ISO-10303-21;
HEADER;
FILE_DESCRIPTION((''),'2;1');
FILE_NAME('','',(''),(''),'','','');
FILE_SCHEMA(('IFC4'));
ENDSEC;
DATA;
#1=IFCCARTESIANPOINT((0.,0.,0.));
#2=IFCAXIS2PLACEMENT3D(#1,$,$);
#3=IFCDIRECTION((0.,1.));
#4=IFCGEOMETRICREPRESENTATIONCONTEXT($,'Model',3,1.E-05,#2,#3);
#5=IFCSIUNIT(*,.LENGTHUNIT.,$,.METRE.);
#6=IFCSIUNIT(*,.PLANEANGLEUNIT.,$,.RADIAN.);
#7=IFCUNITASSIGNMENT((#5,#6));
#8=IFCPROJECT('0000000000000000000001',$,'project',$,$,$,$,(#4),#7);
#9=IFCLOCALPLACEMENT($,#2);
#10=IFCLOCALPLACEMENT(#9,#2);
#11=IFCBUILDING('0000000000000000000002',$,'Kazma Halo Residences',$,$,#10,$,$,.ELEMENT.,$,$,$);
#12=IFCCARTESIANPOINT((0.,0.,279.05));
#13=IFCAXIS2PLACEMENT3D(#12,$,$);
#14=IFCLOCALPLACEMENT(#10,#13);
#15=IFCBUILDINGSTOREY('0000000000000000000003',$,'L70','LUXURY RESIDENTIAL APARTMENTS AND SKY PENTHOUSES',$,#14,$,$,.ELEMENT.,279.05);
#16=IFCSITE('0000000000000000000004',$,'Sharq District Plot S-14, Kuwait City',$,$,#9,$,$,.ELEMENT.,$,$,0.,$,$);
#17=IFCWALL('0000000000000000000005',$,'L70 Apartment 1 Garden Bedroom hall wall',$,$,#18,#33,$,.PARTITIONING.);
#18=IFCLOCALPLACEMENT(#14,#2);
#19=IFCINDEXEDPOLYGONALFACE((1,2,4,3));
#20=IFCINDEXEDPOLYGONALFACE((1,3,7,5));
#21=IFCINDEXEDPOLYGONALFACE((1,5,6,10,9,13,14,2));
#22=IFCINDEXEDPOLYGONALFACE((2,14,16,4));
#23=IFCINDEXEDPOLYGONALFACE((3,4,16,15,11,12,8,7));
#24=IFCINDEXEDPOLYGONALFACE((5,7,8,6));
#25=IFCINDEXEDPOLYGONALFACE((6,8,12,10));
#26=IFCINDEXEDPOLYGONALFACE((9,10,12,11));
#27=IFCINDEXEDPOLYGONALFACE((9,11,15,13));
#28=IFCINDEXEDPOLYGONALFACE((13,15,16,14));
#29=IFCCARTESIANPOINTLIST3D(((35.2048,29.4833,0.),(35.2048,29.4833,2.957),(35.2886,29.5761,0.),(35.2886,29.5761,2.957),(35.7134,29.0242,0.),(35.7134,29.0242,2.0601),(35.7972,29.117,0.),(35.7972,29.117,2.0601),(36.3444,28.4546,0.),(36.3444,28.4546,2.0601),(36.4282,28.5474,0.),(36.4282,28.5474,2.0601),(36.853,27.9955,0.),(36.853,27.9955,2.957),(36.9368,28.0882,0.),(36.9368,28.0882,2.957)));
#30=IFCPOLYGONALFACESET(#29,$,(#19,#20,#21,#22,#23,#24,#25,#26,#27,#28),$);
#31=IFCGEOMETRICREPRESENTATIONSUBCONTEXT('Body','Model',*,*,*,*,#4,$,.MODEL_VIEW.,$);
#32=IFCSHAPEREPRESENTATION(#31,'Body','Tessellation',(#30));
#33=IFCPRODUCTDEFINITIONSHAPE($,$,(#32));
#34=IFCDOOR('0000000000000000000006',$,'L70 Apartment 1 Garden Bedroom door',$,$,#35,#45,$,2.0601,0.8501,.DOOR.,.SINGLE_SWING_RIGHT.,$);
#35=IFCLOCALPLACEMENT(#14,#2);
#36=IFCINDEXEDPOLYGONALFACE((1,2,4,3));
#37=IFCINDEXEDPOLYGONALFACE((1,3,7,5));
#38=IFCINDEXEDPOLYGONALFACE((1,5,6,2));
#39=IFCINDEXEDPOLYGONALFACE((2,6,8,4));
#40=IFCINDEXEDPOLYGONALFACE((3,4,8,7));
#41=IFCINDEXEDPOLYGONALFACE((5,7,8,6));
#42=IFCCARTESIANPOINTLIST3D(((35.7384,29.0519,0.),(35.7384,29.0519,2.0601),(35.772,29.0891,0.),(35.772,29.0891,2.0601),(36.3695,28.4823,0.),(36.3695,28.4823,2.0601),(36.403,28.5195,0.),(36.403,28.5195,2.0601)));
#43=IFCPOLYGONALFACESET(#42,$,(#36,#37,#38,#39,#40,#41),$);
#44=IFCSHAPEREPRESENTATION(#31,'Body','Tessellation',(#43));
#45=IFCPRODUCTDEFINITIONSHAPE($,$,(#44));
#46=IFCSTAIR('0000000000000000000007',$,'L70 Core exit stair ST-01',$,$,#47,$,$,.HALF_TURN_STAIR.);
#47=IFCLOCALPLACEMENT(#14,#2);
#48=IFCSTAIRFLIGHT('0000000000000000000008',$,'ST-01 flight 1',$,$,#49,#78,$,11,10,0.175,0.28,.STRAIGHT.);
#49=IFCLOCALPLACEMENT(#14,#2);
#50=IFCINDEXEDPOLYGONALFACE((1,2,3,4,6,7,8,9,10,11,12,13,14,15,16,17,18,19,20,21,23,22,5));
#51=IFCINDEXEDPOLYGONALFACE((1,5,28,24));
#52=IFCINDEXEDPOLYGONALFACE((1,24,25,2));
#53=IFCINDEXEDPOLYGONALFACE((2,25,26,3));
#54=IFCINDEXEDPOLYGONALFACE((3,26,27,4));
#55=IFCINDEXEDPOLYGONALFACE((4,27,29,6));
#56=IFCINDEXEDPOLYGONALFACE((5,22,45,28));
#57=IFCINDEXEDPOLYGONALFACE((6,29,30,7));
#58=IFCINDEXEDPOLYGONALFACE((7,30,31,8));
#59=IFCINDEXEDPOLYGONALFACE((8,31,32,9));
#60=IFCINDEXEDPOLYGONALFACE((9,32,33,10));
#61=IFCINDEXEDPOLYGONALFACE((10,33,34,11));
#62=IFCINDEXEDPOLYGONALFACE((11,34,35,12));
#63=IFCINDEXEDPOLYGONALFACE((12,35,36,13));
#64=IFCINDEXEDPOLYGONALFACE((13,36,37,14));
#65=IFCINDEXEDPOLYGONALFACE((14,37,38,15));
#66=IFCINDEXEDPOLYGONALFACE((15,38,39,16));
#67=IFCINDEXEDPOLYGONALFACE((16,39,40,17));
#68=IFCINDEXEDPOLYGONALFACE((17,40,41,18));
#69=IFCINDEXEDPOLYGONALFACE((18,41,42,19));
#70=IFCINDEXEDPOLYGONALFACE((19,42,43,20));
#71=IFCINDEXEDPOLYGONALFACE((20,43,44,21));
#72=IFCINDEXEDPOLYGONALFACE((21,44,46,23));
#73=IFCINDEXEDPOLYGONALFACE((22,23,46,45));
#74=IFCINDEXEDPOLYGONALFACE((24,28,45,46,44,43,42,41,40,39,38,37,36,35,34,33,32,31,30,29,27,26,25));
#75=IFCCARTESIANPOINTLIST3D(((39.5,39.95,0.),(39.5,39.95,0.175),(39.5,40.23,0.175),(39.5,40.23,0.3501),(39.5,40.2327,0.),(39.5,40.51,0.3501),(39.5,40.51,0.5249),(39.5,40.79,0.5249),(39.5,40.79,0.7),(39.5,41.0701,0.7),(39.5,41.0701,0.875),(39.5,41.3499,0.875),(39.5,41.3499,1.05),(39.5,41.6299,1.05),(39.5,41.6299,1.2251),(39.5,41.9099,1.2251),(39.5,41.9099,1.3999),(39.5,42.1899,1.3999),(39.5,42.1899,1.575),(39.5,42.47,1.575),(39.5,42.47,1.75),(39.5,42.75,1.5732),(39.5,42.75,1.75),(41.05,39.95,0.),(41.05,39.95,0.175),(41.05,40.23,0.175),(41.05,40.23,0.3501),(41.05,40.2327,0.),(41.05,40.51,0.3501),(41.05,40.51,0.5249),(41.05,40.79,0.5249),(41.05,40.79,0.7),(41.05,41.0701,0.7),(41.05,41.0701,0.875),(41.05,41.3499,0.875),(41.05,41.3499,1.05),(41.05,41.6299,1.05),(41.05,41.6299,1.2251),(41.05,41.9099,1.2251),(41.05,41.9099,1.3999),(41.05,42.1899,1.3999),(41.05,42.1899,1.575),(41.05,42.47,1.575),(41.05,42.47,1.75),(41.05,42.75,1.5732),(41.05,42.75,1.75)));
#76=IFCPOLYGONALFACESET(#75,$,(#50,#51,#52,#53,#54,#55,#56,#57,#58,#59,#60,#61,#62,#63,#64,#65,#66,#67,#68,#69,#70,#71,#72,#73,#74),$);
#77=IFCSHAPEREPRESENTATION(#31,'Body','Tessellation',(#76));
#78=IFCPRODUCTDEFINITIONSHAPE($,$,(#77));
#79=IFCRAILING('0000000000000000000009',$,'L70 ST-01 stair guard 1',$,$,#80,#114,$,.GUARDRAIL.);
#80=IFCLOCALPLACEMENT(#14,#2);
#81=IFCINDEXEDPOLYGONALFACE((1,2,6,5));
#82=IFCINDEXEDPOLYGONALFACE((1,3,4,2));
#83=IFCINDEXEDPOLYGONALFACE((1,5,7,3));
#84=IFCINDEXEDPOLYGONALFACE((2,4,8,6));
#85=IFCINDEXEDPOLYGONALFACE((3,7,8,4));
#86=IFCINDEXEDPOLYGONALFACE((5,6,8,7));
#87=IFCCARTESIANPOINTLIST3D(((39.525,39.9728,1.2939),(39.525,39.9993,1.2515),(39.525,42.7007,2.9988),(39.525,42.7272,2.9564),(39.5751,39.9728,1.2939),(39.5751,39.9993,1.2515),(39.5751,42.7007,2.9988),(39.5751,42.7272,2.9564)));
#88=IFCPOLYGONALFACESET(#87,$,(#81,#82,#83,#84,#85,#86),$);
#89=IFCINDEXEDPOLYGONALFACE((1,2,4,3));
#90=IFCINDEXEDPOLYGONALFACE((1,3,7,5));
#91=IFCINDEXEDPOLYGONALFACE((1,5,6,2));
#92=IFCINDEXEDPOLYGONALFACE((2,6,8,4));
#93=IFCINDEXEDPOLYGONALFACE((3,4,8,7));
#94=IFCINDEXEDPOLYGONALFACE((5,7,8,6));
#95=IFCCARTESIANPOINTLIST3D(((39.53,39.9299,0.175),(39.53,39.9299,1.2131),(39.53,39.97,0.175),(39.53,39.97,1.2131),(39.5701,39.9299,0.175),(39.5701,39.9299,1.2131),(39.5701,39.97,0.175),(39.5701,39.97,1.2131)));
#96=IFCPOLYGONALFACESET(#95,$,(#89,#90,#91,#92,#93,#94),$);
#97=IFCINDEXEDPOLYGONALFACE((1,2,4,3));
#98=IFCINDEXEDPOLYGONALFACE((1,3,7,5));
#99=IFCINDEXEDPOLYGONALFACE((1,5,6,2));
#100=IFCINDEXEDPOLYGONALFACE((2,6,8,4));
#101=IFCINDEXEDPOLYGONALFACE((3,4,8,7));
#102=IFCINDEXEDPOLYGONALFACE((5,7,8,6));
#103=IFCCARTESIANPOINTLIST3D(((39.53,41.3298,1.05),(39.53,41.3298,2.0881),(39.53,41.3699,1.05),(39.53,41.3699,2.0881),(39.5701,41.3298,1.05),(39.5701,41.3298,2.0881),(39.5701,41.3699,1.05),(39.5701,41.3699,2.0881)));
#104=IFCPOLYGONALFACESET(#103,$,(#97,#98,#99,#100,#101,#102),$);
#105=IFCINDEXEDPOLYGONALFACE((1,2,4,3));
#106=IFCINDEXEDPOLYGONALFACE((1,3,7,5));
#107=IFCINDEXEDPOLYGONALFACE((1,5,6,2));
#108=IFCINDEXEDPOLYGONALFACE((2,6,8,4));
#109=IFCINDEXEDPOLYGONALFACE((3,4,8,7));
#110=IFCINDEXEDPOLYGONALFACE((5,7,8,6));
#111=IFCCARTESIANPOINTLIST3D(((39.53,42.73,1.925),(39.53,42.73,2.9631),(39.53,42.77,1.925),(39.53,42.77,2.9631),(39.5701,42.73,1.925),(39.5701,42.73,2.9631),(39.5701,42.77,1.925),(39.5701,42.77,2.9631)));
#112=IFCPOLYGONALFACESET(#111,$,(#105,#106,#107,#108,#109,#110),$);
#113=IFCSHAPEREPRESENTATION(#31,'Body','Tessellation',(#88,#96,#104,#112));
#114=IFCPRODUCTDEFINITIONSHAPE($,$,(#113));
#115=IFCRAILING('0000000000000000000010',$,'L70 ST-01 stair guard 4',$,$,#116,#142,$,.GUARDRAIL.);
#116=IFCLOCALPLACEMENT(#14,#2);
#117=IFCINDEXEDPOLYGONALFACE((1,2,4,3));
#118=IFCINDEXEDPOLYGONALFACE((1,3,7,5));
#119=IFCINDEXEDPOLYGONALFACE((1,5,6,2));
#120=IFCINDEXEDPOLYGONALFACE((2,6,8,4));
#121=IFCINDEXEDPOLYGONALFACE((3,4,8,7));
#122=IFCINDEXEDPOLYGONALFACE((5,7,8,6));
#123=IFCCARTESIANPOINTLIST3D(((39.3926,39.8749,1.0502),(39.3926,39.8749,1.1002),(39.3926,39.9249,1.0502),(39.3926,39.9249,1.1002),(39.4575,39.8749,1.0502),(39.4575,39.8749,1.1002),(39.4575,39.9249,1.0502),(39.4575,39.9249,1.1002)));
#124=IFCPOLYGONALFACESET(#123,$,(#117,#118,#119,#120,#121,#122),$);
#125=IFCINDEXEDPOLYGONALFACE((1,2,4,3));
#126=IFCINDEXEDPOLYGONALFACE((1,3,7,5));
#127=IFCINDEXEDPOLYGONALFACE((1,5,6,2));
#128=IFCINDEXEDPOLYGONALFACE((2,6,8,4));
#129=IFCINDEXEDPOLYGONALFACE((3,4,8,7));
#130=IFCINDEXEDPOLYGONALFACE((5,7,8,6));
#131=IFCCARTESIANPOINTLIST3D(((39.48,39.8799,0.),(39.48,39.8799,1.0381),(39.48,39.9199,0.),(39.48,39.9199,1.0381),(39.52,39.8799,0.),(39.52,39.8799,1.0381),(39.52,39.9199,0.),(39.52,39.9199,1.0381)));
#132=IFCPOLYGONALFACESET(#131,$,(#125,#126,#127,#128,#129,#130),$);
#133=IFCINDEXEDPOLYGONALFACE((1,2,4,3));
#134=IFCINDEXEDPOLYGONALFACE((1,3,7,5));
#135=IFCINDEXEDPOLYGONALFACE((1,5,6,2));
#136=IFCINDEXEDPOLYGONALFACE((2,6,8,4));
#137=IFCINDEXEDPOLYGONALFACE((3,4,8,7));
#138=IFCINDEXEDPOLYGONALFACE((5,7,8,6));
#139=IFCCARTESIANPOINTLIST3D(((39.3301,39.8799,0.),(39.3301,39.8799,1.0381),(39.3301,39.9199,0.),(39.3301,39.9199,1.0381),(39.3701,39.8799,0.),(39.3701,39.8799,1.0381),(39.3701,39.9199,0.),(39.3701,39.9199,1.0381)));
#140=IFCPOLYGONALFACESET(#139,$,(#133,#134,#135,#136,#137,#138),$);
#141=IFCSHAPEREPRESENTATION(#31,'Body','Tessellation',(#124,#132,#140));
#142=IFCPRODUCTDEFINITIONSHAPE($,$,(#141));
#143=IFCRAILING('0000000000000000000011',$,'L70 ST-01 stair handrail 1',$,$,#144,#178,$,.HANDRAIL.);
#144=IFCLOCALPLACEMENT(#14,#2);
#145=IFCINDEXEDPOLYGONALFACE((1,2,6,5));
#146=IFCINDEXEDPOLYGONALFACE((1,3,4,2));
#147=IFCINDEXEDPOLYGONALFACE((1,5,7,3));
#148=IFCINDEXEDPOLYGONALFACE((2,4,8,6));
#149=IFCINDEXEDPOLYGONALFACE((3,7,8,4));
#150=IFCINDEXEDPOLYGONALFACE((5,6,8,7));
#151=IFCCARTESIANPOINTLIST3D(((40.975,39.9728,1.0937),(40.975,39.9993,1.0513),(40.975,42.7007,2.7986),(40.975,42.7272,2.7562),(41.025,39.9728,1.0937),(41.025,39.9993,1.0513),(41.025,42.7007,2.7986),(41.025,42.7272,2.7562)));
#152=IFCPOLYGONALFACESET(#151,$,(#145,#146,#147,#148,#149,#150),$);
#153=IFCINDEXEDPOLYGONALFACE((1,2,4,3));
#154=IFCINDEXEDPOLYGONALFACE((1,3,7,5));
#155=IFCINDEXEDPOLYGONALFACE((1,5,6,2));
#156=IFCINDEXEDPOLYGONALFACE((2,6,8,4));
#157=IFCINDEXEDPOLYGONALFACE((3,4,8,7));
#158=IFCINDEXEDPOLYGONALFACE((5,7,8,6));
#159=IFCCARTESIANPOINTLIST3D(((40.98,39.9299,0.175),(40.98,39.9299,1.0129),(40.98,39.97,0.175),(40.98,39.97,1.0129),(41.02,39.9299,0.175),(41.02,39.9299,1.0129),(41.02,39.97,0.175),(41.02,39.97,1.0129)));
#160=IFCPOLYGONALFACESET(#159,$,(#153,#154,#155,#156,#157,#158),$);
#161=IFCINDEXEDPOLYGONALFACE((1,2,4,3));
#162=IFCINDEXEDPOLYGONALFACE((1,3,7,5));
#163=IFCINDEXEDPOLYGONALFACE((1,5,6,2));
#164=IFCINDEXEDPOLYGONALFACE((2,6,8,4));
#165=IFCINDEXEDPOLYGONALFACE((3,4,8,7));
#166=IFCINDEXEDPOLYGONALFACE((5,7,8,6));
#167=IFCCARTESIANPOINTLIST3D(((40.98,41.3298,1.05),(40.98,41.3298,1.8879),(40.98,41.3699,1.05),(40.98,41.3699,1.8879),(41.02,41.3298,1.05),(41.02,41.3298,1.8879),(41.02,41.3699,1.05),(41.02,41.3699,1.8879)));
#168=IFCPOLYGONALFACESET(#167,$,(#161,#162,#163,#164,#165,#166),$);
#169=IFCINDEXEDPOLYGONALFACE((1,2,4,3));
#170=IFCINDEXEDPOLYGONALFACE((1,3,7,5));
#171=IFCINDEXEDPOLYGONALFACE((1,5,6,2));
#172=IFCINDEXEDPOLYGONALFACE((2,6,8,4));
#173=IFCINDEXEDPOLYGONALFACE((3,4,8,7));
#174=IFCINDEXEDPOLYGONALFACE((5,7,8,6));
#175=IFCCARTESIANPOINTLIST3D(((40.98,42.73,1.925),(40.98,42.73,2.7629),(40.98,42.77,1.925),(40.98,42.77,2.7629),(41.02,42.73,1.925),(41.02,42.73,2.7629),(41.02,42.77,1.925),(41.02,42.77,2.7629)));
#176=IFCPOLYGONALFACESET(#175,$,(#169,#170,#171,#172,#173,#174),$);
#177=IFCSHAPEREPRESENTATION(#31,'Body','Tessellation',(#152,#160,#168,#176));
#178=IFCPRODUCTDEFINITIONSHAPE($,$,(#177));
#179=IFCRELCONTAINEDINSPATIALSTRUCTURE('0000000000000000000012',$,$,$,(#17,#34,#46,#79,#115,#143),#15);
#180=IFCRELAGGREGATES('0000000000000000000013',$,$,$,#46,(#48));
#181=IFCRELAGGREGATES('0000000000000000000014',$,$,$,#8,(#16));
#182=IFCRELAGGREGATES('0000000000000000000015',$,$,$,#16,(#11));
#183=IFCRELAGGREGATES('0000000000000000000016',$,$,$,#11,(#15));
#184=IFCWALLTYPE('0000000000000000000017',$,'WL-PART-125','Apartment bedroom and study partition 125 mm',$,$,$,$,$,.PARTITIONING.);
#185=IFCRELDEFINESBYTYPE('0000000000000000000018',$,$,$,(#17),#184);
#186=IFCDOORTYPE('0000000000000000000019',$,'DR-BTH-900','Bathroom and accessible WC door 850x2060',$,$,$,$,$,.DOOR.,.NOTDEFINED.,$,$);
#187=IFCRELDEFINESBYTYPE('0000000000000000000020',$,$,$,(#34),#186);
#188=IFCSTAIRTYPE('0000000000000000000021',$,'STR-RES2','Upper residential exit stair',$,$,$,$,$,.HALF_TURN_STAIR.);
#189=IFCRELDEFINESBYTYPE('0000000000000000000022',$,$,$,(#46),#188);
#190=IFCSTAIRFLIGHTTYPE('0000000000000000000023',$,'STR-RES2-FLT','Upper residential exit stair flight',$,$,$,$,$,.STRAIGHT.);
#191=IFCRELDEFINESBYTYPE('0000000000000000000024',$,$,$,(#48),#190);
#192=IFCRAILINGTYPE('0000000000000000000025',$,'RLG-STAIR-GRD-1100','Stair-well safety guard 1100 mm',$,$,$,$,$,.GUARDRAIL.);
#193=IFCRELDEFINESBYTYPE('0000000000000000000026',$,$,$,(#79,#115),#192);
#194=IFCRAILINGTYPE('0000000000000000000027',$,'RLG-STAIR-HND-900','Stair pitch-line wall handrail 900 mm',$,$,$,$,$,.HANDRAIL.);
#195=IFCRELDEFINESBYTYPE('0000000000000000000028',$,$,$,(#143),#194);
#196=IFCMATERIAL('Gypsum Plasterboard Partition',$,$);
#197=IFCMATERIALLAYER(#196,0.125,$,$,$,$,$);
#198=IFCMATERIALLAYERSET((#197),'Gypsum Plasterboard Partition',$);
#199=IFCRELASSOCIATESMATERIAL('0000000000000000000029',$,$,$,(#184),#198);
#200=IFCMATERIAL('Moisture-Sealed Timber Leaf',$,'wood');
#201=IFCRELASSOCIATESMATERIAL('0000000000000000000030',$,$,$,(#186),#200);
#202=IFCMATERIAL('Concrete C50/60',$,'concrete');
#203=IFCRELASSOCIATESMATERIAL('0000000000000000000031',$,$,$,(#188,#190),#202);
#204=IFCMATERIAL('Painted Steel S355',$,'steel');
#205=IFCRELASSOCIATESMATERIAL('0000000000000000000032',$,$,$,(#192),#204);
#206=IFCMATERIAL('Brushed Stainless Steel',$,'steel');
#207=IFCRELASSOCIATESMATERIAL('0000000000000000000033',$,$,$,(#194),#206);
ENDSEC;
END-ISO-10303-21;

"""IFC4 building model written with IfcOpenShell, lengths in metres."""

from ifc_helpers import new_model, si_unit, direction, frame, frame_2d, origin, origin_2d, place, context, subcontext, project, spatial, polyline, rectangle, outline, extrude, material, layer, layer_set, type_object, element, fill, aggregate, save


model = new_model("IFC4")

# Units and contexts
model_context = context("Model", 3, precision=1e-05, world=origin(), true_north=direction((0.0, 1.0)))
body_context = subcontext(model_context, "Body", "Model", "MODEL_VIEW")
ifc_project = project(units=[si_unit("LENGTHUNIT", "METRE"), si_unit("PLANEANGLEUNIT", "RADIAN")], contexts=[model_context])

# Site, building, storey
site_placement = place(None, origin())
site = spatial("IfcSite", under=ifc_project, at=site_placement, Name="Sharq District Plot S-14, Kuwait City", CompositionType="ELEMENT", RefElevation=0.0)
building_placement = place(site_placement, origin())
building = spatial("IfcBuilding", under=site, at=building_placement, Name="Kazma Halo Residences", CompositionType="ELEMENT")
storey_placement = place(building_placement, frame((0.0, 0.0, 279.05)))
storey = spatial("IfcBuildingStorey", under=building, at=storey_placement, Name="L70", Description="LUXURY RESIDENTIAL APARTMENTS AND SKY PENTHOUSES", CompositionType="ELEMENT", Elevation=279.05)

# Shared definitions
ifc_material_1 = material(Name="Gypsum Plasterboard Partition")
ifc_layer_1 = layer(ifc_material_1, 0.125)
ifc_layer_set_1 = layer_set([ifc_layer_1], Name="Gypsum Plasterboard Partition")
wall_type_1 = type_object("IfcWallType", Name="WL-PART-125", Description="Apartment bedroom and study partition 125 mm", PredefinedType="PARTITIONING", material=ifc_layer_set_1)

# Wall, opening, door
wall_1_placement = place(storey_placement, frame((35.2466, 29.5298, 0.0), z_axis=(0.0, 0.0, 1.0), x_axis=(0.742304, -0.670064, 0.0)))
wall_1 = element("IfcWall", 1, at=wall_1_placement, inside=storey, type_object=wall_type_1, Name="L70 Apartment 1 Garden Bedroom hall wall", PredefinedType="PARTITIONING", context=body_context, shape_type="SweptSolid", body=[
    extrude(rectangle(XDim=2.2205, YDim=0.125, at=frame_2d((1.1104, 0.0))), origin(), (0.0, 0.0, 1.0), 2.957),
])
opening_1_placement = place(wall_1_placement, frame((0.6853, 0.0, 0.0)))
opening_1 = element("IfcOpeningElement", 2, at=opening_1_placement, cuts=wall_1, PredefinedType="OPENING", context=body_context, shape_type="SweptSolid", body=[
    extrude(rectangle(XDim=0.8501, YDim=2.0601, at=frame_2d((0.425, 1.03))), frame((0.0, 0.0725, 0.0), z_axis=(0.0, -1.0, 0.0), x_axis=(1.0, 0.0, 0.0)), (0.0, 0.0, 1.0), 0.145),
])
ifc_material_2 = material(Name="Moisture-Sealed Timber Leaf", Category="wood")
door_type_1 = type_object("IfcDoorType", Name="DR-BTH-900", Description="Bathroom and accessible WC door 850x2060", OperationType="NOTDEFINED", PredefinedType="DOOR", material=ifc_material_2)
door_1_placement = place(opening_1_placement, origin())
door_1 = element("IfcDoor", 3, at=door_1_placement, inside=storey, type_object=door_type_1, Name="L70 Apartment 1 Garden Bedroom door", OperationType="SINGLE_SWING_RIGHT", OverallHeight=2.0601, OverallWidth=0.8501, PredefinedType="DOOR", context=body_context, shape_type="SweptSolid", body=[
    extrude(rectangle(XDim=0.8501, YDim=2.0601, at=frame_2d((0.425, 1.03))), frame((0.0, 0.0249, 0.0), z_axis=(0.0, -1.0, 0.0), x_axis=(1.0, 0.0, 0.0)), (0.0, 0.0, 1.0), 0.05),
])
fill(opening_1, door_1)
ifc_material_3 = material(Name="Concrete C50/60", Category="concrete")

# Stair, stair flight
stair_type = type_object("IfcStairType", Name="STR-RES2", Description="Upper residential exit stair", PredefinedType="HALF_TURN_STAIR", material=ifc_material_3)
stair_placement = place(storey_placement, origin())
stair = element("IfcStair", 4, at=stair_placement, inside=storey, type_object=stair_type, Name="L70 Core exit stair ST-01", PredefinedType="HALF_TURN_STAIR")
stair_flight_type = type_object("IfcStairFlightType", Name="STR-RES2-FLT", Description="Upper residential exit stair flight", PredefinedType="STRAIGHT", material=ifc_material_3)
stair_flight_placement = place(storey_placement, frame((40.2749, 39.95, 0.0), z_axis=(0.0, 0.0, 1.0), x_axis=(0.0, 1.0, 0.0)))
stair_flight = element("IfcStairFlight", 5, at=stair_flight_placement, type_object=stair_flight_type, Name="ST-01 flight 1", NumberOfRisers=11, NumberOfTreads=10, PredefinedType="STRAIGHT", RiserHeight=0.175, TreadLength=0.28, context=body_context, shape_type="SweptSolid", body=[
    extrude(outline(polyline([(0.0, 0.0), (0.0, 0.175), (0.28, 0.175), (0.28, 0.3501), (0.5601, 0.3501), (0.5601, 0.5249), (0.8401, 0.5249), (0.8401, 0.7), (1.1201, 0.7), (1.1201, 0.875), (1.3999, 0.875), (1.3999, 1.05), (1.6799, 1.05), (1.6799, 1.2251), (1.96, 1.2251), (1.96, 1.3999), (2.24, 1.3999), (2.24, 1.575), (2.52, 1.575), (2.52, 1.75), (2.8, 1.75), (2.8, 1.925), (2.8, 1.5732), (0.2827, 0.0), (0.0, 0.0)])), frame((0.0, 0.7749, 0.0), z_axis=(0.0, -1.0, 0.0), x_axis=(1.0, 0.0, 0.0)), (0.0, 0.0, 1.0), 1.55),
])
aggregate(stair, [stair_flight])

# Railings
ifc_material_4 = material(Name="Painted Steel S355", Category="steel")
railing_type_1 = type_object("IfcRailingType", Name="RLG-STAIR-GRD-1100", Description="Stair-well safety guard 1100 mm", PredefinedType="GUARDRAIL", material=ifc_material_4)
railing_1_placement = place(storey_placement, frame((39.55, 39.95, 0.175)))
element("IfcRailing", 6, at=railing_1_placement, inside=storey, type_object=railing_type_1, Name="L70 ST-01 stair guard 1", PredefinedType="GUARDRAIL", context=body_context, shape_type="SweptSolid", body=[
    extrude(rectangle(XDim=0.05, YDim=0.05, at=origin_2d()), frame((0.0, 0.0361, 1.0977), z_axis=(0.0, 0.848002, 0.529992), x_axis=(-1.0, 0.0, 0.0)), (0.0, 0.0, 1.0), 3.2168),
    extrude(rectangle(XDim=0.04, YDim=0.04, at=origin_2d()), origin(), (0.0, 0.0, 1.0), 1.0381),
    extrude(rectangle(XDim=0.04, YDim=0.04, at=origin_2d()), frame((0.0, 1.3999, 0.875)), (0.0, 0.0, 1.0), 1.0381),
    extrude(rectangle(XDim=0.04, YDim=0.04, at=origin_2d()), frame((0.0, 2.8, 1.75)), (0.0, 0.0, 1.0), 1.0381),
])
railing_2_placement = place(storey_placement, frame((39.5, 39.8999, 0.0)))
element("IfcRailing", 7, at=railing_2_placement, inside=storey, type_object=railing_type_1, Name="L70 ST-01 stair guard 4", PredefinedType="GUARDRAIL", context=body_context, shape_type="SweptSolid", body=[
    extrude(rectangle(XDim=0.05, YDim=0.05, at=origin_2d()), frame((-0.0425, 0.0, 1.0752), z_axis=(-1.0, 0.0, 0.0), x_axis=(0.0, -1.0, 0.0)), (0.0, 0.0, 1.0), 0.0649),
    extrude(rectangle(XDim=0.04, YDim=0.04, at=origin_2d()), origin(), (0.0, 0.0, 1.0), 1.0381),
    extrude(rectangle(XDim=0.04, YDim=0.04, at=origin_2d()), frame((-0.1499, 0.0, 0.0)), (0.0, 0.0, 1.0), 1.0381),
])
ifc_material_5 = material(Name="Brushed Stainless Steel", Category="steel")
railing_type_2 = type_object("IfcRailingType", Name="RLG-STAIR-HND-900", Description="Stair pitch-line wall handrail 900 mm", PredefinedType="HANDRAIL", material=ifc_material_5)
railing_3_placement = place(storey_placement, frame((41.0, 39.95, 0.175)))
element("IfcRailing", 8, at=railing_3_placement, inside=storey, type_object=railing_type_2, Name="L70 ST-01 stair handrail 1", PredefinedType="HANDRAIL", context=body_context, shape_type="SweptSolid", body=[
    extrude(rectangle(XDim=0.05, YDim=0.05, at=origin_2d()), frame((0.0, 0.0361, 0.8975), z_axis=(0.0, 0.848002, 0.529992), x_axis=(-1.0, 0.0, 0.0)), (0.0, 0.0, 1.0), 3.2168),
    extrude(rectangle(XDim=0.04, YDim=0.04, at=origin_2d()), origin(), (0.0, 0.0, 1.0), 0.8379),
    extrude(rectangle(XDim=0.04, YDim=0.04, at=origin_2d()), frame((0.0, 1.3999, 0.875)), (0.0, 0.0, 1.0), 0.8379),
    extrude(rectangle(XDim=0.04, YDim=0.04, at=origin_2d()), frame((0.0, 2.8, 1.75)), (0.0, 0.0, 1.0), 0.8379),
])

save(model, "model.ifc")
